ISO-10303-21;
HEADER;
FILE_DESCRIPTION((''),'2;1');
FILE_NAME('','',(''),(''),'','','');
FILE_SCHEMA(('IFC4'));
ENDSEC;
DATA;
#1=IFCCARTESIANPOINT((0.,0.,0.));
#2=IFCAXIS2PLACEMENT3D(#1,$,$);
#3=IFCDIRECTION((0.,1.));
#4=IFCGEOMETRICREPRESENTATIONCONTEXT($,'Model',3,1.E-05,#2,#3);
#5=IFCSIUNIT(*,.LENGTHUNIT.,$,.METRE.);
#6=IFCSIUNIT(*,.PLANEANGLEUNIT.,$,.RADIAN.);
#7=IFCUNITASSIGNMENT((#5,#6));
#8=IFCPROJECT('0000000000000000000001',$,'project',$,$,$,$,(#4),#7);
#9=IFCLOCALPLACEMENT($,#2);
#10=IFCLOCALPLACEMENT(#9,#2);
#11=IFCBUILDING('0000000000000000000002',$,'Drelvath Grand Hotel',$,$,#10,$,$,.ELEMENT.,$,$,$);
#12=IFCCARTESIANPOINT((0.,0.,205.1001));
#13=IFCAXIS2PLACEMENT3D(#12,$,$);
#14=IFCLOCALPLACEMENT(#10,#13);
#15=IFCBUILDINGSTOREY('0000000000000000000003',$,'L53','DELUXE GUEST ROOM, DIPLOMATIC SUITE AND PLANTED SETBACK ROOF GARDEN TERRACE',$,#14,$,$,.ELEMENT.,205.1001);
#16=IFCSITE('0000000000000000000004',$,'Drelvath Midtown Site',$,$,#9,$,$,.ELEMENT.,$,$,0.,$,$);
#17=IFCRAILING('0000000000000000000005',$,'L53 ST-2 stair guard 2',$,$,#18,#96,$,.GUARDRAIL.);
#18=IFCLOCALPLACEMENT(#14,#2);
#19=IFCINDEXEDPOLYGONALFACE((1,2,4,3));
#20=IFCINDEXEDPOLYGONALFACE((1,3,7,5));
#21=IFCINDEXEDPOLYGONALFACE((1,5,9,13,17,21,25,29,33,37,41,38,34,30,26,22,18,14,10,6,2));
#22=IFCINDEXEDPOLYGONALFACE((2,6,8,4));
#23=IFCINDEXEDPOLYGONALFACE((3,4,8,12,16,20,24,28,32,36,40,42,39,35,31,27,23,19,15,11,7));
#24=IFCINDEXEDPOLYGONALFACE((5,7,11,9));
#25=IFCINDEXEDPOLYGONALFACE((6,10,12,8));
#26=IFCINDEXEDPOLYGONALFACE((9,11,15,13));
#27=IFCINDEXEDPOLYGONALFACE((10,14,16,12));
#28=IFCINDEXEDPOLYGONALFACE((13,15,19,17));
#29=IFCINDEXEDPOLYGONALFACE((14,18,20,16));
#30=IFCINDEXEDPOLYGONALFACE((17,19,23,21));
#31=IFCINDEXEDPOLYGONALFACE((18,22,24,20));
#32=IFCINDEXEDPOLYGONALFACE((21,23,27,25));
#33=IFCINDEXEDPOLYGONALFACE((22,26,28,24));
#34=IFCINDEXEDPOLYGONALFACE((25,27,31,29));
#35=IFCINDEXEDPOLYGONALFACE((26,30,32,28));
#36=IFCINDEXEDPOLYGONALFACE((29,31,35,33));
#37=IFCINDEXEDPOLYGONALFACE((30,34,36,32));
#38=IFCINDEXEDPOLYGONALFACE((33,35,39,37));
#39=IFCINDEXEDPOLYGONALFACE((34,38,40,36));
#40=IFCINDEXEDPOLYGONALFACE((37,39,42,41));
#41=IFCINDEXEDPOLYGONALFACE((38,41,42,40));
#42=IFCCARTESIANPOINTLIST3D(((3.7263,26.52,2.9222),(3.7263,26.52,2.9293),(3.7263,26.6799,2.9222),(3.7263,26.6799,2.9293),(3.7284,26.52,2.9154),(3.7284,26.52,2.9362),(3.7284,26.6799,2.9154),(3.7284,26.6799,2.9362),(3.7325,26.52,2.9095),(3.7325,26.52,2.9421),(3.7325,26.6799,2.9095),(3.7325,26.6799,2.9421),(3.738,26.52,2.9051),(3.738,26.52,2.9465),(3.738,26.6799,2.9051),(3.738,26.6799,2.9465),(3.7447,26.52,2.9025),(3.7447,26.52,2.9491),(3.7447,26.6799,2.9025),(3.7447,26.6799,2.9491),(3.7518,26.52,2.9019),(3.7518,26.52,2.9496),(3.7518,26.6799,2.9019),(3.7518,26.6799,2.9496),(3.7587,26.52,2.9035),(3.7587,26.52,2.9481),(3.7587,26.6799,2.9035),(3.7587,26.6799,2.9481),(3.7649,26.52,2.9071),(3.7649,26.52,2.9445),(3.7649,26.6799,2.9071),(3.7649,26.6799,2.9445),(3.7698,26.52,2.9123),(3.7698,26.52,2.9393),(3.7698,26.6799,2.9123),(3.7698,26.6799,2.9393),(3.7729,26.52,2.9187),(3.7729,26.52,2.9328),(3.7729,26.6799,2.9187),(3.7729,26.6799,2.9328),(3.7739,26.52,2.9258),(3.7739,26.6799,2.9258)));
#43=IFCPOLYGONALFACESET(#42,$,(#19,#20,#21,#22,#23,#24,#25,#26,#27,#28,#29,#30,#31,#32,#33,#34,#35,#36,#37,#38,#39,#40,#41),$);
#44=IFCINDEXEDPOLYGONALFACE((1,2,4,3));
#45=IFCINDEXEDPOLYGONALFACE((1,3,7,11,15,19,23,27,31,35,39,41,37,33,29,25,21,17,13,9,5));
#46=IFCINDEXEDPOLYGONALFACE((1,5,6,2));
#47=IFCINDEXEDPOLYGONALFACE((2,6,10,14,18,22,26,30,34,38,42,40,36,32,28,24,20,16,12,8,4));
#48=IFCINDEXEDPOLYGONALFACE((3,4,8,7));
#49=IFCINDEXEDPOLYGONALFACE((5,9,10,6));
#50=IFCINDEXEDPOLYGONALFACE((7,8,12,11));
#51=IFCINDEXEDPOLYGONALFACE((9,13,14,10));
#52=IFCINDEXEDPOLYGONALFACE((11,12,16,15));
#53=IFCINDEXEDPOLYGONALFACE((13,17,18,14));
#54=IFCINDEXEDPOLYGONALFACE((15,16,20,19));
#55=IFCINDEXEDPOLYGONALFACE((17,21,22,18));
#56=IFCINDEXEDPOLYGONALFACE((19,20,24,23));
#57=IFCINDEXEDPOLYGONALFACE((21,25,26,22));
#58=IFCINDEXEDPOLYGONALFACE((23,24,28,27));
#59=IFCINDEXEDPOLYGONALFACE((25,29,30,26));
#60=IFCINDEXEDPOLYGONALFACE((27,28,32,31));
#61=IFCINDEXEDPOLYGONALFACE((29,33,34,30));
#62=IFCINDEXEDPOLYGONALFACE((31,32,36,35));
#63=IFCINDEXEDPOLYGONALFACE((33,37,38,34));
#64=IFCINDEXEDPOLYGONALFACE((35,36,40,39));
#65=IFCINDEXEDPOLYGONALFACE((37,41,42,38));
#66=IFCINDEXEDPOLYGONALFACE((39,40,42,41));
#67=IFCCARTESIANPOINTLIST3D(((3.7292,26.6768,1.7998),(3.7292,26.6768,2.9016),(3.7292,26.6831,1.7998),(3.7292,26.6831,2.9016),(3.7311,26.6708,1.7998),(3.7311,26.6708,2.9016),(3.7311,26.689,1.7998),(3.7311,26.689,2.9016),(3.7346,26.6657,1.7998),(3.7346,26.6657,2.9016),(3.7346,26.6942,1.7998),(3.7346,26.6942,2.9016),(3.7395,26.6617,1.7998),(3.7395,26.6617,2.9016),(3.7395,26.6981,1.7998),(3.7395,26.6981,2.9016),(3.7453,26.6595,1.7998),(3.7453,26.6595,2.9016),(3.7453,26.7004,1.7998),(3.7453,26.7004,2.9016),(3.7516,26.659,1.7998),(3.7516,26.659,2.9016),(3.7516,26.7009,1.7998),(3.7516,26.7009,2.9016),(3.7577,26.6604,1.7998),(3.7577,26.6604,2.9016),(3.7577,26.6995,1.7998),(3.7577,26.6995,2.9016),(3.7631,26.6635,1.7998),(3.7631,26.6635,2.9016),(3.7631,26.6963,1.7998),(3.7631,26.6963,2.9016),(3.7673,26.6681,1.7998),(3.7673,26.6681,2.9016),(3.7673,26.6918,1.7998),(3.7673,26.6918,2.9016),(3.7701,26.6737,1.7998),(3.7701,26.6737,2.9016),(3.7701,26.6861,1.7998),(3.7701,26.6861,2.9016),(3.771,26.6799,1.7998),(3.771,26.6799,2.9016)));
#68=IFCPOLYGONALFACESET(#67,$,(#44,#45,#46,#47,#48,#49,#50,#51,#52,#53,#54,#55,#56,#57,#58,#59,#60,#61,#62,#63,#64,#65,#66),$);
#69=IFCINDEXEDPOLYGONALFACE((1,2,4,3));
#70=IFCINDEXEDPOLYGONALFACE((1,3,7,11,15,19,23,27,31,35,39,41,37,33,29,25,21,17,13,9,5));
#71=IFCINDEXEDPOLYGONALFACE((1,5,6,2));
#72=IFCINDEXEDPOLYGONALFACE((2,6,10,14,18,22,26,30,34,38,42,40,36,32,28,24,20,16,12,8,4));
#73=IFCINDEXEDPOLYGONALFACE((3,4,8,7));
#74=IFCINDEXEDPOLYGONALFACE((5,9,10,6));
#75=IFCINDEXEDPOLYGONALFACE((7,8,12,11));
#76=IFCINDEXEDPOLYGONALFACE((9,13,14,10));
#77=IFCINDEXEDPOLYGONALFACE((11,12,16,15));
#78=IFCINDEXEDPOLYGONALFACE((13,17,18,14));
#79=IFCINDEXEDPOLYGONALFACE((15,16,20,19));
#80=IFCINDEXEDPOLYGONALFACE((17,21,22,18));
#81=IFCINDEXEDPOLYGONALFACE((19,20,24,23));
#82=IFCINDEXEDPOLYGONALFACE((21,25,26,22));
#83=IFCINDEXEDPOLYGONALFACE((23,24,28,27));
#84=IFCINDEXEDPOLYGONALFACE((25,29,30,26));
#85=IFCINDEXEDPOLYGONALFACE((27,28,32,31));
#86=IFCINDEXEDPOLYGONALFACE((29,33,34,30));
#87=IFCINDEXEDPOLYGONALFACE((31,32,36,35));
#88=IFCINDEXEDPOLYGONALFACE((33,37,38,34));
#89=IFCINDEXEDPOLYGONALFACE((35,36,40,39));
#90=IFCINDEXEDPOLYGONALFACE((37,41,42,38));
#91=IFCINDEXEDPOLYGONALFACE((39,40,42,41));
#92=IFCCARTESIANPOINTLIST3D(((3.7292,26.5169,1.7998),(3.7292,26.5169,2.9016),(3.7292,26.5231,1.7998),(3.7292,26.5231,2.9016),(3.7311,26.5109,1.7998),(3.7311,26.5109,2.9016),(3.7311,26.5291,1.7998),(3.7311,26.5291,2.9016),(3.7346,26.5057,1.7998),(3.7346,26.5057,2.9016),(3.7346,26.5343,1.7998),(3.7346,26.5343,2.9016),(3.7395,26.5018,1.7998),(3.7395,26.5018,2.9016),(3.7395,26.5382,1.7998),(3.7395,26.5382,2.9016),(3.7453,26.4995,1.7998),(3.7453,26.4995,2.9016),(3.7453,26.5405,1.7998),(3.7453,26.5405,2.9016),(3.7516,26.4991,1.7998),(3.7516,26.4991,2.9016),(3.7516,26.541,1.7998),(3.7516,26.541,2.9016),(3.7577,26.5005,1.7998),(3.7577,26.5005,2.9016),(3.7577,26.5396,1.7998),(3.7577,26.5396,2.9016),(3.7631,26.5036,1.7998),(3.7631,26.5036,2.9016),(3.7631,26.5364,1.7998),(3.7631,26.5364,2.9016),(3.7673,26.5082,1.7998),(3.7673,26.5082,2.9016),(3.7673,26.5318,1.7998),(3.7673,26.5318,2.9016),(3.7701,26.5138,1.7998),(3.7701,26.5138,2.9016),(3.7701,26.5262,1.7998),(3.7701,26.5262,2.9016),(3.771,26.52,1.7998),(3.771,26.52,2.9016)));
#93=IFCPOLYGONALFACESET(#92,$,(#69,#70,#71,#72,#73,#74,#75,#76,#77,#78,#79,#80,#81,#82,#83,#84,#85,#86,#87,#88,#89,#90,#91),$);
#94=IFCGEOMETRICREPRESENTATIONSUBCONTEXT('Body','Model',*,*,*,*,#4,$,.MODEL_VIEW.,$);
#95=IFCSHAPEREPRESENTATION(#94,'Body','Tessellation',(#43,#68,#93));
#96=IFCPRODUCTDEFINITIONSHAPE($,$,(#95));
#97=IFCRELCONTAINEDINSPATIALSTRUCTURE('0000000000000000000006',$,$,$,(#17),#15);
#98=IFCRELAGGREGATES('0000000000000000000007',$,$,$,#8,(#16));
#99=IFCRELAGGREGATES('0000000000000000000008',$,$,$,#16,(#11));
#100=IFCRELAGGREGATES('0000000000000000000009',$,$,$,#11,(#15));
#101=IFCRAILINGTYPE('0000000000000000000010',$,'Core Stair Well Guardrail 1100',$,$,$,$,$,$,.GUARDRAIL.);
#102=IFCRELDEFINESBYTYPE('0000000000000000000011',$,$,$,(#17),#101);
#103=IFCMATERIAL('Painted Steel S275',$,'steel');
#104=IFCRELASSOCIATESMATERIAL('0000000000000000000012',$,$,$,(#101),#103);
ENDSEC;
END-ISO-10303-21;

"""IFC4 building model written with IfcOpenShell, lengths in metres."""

from ifc_helpers import new_model, si_unit, direction, frame, origin, origin_2d, place, context, subcontext, project, spatial, circle, extrude, material, type_object, element, save


model = new_model("IFC4")

# Units and contexts
model_context = context("Model", 3, precision=1e-05, world=origin(), true_north=direction((0.0, 1.0)))
body_context = subcontext(model_context, "Body", "Model", "MODEL_VIEW")
ifc_project = project(units=[si_unit("LENGTHUNIT", "METRE"), si_unit("PLANEANGLEUNIT", "RADIAN")], contexts=[model_context])

# Site, building, storey
site_placement = place(None, origin())
site = spatial("IfcSite", under=ifc_project, at=site_placement, Name="Drelvath Midtown Site", CompositionType="ELEMENT", RefElevation=0.0)
building_placement = place(site_placement, origin())
building = spatial("IfcBuilding", under=site, at=building_placement, Name="Drelvath Grand Hotel", CompositionType="ELEMENT")
storey_placement = place(building_placement, frame((0.0, 0.0, 205.1001)))
storey = spatial("IfcBuildingStorey", under=building, at=storey_placement, Name="L53", Description="DELUXE GUEST ROOM, DIPLOMATIC SUITE AND PLANTED SETBACK ROOF GARDEN TERRACE", CompositionType="ELEMENT", Elevation=205.1001)

# Railing
ifc_material_1 = material(Name="Painted Steel S275", Category="steel")
railing_type_1 = type_object("IfcRailingType", Name="Core Stair Well Guardrail 1100", PredefinedType="GUARDRAIL", material=ifc_material_1)
railing_1_placement = place(storey_placement, frame((3.75, 26.6799, 1.7998)))
element("IfcRailing", 1, at=railing_1_placement, inside=storey, type_object=railing_type_1, Name="L53 ST-2 stair guard 2", PredefinedType="GUARDRAIL", context=body_context, shape_type="SweptSolid", body=[
    extrude(circle(Radius=0.0239, at=origin_2d()), frame((0.0, 0.0, 1.126), z_axis=(0.0, -1.0, 0.0), x_axis=(1.0, 0.0, 0.0)), (0.0, 0.0, 1.0), 0.1599),
    extrude(circle(Radius=0.021, at=origin_2d()), origin(), (0.0, 0.0, 1.0), 1.1018),
    extrude(circle(Radius=0.021, at=origin_2d()), frame((0.0, -0.1599, 0.0)), (0.0, 0.0, 1.0), 1.1018),
])

save(model, "model.ifc")
